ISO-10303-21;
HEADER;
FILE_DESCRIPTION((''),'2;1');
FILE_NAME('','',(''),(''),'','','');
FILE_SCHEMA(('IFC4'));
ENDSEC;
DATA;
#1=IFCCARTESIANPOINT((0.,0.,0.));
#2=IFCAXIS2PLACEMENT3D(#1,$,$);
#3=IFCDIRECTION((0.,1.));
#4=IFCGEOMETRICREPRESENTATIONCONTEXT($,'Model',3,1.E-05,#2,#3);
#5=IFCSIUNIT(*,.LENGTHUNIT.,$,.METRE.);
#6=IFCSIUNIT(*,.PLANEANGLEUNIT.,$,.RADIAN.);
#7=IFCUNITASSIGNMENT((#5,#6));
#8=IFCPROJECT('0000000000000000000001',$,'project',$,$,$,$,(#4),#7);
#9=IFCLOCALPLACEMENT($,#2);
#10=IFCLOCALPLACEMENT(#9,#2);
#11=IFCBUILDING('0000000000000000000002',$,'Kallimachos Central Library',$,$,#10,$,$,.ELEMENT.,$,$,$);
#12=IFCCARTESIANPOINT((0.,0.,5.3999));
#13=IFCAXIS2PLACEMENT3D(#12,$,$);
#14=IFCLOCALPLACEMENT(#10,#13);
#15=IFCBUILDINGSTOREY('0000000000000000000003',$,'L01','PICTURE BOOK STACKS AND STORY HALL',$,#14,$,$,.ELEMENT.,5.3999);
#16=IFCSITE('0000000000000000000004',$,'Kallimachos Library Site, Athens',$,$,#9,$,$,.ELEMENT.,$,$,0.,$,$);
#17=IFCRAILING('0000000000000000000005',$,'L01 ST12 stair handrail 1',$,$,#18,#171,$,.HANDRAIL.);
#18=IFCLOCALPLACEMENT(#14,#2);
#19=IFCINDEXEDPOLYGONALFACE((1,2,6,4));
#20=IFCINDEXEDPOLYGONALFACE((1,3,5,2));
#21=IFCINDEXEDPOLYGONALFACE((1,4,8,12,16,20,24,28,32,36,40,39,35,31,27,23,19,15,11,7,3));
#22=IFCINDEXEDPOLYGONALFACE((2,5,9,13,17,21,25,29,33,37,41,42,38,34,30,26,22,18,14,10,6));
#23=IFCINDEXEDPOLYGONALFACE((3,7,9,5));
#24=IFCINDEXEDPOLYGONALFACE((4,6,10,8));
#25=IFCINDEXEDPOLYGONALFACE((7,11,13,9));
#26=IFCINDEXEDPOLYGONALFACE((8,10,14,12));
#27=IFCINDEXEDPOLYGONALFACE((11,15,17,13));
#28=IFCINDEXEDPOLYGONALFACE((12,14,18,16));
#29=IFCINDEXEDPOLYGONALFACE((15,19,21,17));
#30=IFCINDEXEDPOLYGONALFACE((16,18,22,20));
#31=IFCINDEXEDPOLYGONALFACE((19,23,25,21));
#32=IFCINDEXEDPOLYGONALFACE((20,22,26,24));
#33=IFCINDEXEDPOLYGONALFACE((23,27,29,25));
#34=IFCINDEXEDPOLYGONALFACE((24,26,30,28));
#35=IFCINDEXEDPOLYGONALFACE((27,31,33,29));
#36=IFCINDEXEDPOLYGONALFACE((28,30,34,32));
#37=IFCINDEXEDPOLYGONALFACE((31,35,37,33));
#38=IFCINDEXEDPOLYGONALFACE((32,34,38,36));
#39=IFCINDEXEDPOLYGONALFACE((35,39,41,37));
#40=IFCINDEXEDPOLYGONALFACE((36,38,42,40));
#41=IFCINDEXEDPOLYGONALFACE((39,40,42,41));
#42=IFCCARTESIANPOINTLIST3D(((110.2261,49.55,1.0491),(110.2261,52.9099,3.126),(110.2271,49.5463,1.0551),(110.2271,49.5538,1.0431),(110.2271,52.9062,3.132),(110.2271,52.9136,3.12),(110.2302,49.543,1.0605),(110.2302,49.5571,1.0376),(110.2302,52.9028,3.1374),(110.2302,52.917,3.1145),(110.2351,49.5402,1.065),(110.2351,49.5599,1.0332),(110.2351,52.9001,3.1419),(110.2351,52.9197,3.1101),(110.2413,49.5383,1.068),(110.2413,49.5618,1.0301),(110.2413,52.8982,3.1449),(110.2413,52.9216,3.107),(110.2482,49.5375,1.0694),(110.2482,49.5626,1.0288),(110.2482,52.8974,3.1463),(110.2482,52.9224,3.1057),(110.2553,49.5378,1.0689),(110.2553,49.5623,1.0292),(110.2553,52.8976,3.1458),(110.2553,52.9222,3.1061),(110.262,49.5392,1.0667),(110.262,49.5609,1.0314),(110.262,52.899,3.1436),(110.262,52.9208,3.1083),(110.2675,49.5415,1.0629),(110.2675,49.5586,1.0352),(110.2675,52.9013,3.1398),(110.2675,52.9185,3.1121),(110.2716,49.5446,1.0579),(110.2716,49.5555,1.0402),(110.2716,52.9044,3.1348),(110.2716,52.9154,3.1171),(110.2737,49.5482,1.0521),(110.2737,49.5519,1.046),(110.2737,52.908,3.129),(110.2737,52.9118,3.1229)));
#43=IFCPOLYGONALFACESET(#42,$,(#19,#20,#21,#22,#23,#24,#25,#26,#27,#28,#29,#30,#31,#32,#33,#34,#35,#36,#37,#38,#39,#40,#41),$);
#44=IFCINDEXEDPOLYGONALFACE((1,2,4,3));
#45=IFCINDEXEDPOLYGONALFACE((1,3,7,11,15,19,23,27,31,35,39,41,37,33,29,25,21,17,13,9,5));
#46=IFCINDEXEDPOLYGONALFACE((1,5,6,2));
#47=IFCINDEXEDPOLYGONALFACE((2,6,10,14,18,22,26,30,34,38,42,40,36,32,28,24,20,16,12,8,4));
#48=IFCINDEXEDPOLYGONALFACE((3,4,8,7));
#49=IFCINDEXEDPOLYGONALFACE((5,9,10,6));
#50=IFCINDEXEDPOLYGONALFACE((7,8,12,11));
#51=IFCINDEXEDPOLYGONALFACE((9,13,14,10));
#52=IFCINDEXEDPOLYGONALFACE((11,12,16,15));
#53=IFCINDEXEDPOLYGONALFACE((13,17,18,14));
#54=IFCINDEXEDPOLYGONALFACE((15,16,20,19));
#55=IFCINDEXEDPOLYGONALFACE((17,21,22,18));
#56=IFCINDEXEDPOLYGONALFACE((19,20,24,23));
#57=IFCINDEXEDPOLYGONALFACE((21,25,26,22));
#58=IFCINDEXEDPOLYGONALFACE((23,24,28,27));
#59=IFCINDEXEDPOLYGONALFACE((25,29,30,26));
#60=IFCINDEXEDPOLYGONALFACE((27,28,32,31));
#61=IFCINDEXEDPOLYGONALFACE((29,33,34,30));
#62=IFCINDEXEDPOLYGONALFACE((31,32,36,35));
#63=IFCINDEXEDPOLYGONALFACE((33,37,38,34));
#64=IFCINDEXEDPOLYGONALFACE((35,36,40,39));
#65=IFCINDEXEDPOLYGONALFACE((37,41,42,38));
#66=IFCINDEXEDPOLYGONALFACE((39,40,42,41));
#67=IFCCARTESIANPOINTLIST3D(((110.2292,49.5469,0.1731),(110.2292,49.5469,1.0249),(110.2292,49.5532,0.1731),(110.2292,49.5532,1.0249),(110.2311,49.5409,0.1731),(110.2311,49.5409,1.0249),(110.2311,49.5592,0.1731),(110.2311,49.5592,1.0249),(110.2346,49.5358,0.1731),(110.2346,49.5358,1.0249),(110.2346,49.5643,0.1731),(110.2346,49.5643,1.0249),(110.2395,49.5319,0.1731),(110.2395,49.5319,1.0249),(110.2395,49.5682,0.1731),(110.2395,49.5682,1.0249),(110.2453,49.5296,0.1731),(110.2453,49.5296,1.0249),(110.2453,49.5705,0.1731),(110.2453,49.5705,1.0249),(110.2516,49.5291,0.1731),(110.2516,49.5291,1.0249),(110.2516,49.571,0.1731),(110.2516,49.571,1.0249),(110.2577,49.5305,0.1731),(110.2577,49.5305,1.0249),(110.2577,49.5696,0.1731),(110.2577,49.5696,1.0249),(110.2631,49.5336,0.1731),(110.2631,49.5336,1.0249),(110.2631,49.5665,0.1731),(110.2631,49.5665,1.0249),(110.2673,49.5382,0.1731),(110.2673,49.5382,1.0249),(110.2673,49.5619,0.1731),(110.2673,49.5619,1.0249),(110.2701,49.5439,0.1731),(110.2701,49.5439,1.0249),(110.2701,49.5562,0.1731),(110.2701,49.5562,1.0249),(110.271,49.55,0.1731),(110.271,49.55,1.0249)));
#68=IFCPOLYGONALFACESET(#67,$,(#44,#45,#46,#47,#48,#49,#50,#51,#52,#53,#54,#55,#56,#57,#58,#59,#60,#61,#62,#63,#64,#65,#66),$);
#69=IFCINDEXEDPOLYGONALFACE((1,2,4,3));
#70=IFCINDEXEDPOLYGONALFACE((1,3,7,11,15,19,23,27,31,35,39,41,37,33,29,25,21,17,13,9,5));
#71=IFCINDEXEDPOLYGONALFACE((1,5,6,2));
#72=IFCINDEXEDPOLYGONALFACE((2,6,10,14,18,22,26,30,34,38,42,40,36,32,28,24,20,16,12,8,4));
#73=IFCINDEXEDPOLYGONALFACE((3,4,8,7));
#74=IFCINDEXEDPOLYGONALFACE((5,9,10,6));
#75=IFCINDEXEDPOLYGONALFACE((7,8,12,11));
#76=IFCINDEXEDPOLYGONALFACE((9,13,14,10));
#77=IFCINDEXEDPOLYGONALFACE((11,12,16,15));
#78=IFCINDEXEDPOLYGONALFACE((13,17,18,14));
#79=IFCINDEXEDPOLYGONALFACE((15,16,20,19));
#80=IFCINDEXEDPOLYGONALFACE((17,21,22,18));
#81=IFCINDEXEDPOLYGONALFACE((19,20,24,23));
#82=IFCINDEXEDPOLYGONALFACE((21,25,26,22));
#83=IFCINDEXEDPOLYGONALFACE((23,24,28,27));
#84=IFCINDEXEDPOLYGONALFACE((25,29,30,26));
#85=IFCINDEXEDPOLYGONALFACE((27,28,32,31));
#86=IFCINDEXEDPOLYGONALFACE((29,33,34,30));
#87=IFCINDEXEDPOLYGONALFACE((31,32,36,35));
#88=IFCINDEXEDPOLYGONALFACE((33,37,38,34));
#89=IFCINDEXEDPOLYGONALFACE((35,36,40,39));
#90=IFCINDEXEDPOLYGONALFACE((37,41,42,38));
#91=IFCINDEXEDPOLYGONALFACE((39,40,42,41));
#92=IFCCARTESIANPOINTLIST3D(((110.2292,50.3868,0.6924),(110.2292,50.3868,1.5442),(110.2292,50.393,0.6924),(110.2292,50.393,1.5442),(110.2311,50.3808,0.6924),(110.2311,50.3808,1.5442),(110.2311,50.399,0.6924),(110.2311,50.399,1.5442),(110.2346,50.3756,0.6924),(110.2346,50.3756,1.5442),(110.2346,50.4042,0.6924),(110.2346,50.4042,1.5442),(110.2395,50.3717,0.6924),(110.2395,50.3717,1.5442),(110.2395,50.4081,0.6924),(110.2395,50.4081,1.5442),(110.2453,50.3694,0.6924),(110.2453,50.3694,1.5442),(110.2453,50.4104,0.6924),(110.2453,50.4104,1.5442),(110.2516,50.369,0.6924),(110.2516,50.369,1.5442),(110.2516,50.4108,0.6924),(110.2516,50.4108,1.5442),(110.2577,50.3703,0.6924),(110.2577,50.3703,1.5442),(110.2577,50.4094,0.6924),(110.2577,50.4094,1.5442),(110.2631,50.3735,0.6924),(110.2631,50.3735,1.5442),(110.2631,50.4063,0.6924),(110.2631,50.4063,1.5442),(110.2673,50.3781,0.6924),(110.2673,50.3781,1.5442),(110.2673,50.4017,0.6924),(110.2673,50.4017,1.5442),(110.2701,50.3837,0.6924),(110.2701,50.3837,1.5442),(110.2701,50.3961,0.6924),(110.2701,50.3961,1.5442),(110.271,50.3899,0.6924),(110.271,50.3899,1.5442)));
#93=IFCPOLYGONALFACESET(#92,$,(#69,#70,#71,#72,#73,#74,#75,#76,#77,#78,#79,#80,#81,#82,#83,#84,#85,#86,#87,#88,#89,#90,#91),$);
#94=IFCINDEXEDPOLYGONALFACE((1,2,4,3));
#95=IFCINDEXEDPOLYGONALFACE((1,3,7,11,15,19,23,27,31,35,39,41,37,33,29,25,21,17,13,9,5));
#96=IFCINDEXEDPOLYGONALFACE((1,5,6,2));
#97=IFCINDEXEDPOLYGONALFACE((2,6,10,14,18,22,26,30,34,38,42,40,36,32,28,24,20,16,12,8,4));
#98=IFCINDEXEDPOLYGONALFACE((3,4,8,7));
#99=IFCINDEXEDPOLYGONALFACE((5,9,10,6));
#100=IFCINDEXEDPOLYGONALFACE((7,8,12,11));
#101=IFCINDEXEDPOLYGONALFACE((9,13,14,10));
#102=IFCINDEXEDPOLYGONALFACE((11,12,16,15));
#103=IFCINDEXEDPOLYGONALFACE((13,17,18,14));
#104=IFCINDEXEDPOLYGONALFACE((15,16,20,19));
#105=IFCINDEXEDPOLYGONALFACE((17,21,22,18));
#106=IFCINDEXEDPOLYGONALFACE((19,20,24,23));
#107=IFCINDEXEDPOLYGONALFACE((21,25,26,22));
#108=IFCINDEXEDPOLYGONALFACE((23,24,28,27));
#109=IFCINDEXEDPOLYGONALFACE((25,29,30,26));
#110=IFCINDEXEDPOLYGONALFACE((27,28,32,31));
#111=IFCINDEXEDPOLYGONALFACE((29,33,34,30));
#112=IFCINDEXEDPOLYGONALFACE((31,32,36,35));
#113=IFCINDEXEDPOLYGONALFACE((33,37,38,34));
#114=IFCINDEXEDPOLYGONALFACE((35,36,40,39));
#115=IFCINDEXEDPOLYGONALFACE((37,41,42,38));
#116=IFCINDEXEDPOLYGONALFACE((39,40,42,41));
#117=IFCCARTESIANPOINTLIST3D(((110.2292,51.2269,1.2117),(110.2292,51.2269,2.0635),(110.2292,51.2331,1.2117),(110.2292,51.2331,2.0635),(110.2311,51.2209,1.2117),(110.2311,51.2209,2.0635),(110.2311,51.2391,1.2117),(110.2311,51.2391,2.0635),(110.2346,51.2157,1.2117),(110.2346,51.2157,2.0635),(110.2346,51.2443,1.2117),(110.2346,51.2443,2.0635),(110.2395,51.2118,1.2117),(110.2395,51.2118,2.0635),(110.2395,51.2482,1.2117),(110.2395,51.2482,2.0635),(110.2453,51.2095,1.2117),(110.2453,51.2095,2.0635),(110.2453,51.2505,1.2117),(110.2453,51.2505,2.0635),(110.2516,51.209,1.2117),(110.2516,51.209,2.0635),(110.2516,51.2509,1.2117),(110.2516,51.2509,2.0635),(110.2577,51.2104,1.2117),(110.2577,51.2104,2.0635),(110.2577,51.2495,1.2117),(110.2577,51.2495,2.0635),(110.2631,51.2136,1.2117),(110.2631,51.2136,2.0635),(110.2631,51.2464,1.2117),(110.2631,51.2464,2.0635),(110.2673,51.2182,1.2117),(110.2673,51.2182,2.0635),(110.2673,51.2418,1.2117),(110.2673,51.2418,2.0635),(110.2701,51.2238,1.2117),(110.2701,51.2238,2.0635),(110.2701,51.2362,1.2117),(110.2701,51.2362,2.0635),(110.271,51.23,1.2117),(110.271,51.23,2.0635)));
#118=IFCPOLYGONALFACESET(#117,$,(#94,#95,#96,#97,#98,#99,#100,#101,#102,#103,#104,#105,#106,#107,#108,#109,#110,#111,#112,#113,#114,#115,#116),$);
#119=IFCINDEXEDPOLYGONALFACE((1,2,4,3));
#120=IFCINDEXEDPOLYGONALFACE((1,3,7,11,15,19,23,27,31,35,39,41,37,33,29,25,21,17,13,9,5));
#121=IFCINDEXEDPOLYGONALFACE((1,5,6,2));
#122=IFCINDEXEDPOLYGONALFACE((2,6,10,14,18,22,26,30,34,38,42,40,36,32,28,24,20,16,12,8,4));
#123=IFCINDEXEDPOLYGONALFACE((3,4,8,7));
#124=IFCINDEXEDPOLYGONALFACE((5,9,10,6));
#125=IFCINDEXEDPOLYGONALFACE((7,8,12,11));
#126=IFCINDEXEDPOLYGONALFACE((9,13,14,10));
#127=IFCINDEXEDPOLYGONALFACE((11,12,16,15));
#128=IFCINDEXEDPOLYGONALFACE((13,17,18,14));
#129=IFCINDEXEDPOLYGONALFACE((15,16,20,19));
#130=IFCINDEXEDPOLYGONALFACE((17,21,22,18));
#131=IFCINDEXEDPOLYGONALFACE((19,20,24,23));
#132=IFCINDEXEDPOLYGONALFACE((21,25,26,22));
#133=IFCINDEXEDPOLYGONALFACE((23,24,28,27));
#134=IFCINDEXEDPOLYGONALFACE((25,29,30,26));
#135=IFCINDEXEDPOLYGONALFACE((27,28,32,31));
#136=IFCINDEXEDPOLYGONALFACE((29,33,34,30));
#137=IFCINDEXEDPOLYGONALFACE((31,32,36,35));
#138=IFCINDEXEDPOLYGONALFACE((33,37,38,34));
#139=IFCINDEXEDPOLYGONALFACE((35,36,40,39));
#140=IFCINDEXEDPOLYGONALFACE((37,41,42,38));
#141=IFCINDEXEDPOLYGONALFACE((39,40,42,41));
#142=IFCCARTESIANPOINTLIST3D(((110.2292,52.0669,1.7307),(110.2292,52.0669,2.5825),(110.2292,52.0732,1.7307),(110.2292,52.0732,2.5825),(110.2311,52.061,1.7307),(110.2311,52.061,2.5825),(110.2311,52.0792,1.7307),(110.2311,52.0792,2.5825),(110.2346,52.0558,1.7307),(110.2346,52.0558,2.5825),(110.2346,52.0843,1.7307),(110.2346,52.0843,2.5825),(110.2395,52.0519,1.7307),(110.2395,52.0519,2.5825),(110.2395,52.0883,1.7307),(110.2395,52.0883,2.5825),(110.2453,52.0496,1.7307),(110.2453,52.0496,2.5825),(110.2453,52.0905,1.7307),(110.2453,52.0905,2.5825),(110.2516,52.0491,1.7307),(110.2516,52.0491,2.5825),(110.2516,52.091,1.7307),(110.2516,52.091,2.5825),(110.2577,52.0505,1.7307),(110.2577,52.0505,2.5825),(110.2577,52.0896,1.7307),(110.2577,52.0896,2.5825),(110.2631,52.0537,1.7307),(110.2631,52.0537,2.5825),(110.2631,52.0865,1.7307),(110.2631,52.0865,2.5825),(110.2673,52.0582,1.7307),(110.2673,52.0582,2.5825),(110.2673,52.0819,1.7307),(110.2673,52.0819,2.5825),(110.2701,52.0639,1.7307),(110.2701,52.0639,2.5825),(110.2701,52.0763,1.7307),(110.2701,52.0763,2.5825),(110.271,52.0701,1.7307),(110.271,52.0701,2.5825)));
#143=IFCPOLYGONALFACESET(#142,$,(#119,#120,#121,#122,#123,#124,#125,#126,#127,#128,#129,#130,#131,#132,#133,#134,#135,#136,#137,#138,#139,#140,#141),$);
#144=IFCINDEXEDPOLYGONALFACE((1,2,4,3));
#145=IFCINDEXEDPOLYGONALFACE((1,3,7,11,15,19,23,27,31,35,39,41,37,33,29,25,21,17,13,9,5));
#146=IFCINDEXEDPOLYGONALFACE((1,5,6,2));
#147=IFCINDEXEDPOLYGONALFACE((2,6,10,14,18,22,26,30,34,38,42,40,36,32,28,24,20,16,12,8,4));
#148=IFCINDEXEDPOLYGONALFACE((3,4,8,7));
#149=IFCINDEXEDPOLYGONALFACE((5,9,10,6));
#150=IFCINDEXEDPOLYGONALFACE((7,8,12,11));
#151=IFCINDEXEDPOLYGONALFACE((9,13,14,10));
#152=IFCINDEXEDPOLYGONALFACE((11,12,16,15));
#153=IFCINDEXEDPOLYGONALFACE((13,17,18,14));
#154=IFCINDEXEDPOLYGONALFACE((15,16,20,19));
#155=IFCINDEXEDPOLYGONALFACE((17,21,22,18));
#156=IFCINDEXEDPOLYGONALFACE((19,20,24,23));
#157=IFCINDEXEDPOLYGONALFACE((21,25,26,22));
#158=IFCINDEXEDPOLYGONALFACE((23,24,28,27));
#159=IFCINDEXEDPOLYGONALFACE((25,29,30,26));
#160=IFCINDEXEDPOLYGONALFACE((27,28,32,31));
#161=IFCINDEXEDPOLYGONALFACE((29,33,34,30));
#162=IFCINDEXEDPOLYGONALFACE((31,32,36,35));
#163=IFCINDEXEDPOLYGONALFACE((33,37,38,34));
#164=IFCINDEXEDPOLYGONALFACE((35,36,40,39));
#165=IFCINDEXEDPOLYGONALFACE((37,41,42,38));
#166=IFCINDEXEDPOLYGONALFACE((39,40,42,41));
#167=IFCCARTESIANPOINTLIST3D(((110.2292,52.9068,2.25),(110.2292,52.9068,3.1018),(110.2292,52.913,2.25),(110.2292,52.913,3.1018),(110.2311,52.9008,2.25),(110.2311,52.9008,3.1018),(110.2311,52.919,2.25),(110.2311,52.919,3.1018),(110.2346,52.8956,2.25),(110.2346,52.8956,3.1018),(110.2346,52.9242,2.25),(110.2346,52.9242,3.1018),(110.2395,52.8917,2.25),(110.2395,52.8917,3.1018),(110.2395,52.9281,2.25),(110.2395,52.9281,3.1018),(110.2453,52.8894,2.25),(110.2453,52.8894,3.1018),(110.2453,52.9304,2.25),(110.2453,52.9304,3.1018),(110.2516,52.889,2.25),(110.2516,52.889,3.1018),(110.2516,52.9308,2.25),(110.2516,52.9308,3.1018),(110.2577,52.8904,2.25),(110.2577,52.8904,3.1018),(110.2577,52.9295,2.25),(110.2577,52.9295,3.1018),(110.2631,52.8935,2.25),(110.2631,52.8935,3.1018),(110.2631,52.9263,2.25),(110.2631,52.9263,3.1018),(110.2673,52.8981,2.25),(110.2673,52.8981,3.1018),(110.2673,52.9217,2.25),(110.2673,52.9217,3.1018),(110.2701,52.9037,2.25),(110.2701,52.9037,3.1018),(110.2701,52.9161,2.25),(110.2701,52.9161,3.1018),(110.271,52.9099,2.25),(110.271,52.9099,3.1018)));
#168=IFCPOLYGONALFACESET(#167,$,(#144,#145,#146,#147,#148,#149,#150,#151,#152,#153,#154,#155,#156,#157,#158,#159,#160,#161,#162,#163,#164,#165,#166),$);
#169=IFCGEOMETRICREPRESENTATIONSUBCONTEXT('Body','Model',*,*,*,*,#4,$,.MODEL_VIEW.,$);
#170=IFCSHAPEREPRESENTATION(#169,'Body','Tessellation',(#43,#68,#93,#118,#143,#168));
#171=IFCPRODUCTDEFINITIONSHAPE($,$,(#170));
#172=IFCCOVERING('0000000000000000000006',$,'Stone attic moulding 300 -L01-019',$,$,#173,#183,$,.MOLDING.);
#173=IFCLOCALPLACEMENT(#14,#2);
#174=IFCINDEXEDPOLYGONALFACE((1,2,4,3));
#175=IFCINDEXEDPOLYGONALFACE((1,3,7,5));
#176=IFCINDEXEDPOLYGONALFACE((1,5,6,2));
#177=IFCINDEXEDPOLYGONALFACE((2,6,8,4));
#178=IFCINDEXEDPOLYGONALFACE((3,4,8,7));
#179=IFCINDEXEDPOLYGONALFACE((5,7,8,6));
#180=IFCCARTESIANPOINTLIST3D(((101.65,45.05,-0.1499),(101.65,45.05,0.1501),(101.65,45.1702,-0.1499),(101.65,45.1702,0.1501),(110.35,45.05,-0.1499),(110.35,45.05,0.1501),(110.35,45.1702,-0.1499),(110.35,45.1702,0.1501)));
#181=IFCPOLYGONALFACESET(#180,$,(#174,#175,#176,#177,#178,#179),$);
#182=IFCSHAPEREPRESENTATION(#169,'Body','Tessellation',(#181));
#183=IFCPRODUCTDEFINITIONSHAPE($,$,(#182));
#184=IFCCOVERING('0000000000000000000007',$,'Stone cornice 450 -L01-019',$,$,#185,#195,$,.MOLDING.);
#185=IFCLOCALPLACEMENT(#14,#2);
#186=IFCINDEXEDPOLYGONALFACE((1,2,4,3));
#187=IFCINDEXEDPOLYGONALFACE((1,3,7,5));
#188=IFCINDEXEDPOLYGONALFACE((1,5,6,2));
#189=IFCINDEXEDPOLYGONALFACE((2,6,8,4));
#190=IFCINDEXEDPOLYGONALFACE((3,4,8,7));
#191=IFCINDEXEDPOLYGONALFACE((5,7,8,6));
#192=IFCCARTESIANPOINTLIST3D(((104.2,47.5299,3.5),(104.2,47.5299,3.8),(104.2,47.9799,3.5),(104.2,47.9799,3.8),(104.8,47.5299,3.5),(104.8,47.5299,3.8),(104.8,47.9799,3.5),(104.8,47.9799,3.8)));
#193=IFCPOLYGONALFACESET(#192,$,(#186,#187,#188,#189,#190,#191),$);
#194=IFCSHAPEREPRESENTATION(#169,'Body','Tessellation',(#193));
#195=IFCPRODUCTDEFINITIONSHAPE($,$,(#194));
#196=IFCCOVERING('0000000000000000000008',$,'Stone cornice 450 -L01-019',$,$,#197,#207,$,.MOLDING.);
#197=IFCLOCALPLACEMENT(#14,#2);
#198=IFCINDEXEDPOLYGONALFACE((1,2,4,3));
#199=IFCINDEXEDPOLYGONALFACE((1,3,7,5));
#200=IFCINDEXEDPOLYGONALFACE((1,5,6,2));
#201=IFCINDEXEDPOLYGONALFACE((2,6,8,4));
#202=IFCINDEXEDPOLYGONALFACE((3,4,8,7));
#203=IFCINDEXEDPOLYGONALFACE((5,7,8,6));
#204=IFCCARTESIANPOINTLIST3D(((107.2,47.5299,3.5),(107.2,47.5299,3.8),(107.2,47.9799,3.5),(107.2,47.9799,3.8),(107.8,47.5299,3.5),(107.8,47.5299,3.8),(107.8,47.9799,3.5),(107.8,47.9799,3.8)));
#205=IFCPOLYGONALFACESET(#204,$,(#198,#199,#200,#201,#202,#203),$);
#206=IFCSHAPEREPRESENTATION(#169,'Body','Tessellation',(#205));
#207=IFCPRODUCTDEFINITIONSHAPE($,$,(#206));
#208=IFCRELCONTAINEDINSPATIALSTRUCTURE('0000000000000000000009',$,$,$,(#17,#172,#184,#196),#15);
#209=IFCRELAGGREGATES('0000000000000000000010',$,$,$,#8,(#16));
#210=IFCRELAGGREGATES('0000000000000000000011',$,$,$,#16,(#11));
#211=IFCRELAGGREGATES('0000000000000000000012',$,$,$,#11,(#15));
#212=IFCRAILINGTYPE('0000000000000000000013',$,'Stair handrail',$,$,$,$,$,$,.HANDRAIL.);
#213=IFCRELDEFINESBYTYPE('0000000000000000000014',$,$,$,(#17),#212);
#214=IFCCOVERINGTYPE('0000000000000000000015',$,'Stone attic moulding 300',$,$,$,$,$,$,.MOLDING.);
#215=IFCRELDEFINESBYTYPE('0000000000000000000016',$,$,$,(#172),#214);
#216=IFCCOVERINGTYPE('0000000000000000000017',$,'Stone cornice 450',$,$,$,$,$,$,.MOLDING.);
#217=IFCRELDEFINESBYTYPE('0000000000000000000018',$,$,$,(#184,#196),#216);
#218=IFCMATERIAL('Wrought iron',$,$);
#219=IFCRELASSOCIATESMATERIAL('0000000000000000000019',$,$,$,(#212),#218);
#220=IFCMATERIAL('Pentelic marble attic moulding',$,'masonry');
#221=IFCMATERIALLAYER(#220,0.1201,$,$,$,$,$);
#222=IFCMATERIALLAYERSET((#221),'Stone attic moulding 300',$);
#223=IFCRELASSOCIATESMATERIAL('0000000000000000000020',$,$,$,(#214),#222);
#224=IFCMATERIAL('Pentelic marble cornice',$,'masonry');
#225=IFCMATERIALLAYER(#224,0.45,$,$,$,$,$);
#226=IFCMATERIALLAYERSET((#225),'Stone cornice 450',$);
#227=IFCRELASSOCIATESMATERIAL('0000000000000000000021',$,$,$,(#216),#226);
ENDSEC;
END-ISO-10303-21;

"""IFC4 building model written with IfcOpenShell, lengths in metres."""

from ifc_helpers import new_model, si_unit, direction, frame, origin, origin_2d, place, context, subcontext, project, spatial, rectangle, circle, extrude, material, layer, layer_set, type_object, element, save


model = new_model("IFC4")

# Units and contexts
model_context = context("Model", 3, precision=1e-05, world=origin(), true_north=direction((0.0, 1.0)))
body_context = subcontext(model_context, "Body", "Model", "MODEL_VIEW")
ifc_project = project(units=[si_unit("LENGTHUNIT", "METRE"), si_unit("PLANEANGLEUNIT", "RADIAN")], contexts=[model_context])

# Site, building, storey
site_placement = place(None, origin())
site = spatial("IfcSite", under=ifc_project, at=site_placement, Name="Kallimachos Library Site, Athens", CompositionType="ELEMENT", RefElevation=0.0)
building_placement = place(site_placement, origin())
building = spatial("IfcBuilding", under=site, at=building_placement, Name="Kallimachos Central Library", CompositionType="ELEMENT")
storey_placement = place(building_placement, frame((0.0, 0.0, 5.3999)))
storey = spatial("IfcBuildingStorey", under=building, at=storey_placement, Name="L01", Description="PICTURE BOOK STACKS AND STORY HALL", CompositionType="ELEMENT", Elevation=5.3999)

# Railing
ifc_material_1 = material(Name="Wrought iron")
railing_type_1 = type_object("IfcRailingType", Name="Stair handrail", PredefinedType="HANDRAIL", material=ifc_material_1)
railing_1_placement = place(storey_placement, frame((110.25, 49.55, 0.1731)))
element("IfcRailing", 1, at=railing_1_placement, inside=storey, type_object=railing_type_1, Name="L01 ST12 stair handrail 1", PredefinedType="HANDRAIL", context=body_context, shape_type="SweptSolid", body=[
    extrude(circle(Radius=0.0239, at=origin_2d()), frame((0.0, 0.0, 0.876), z_axis=(0.0, 0.850606, 0.525803), x_axis=(-1.0, 0.0, 0.0)), (0.0, 0.0, 1.0), 3.95),
    extrude(circle(Radius=0.021, at=origin_2d()), origin(), (0.0, 0.0, 1.0), 0.8518),
    extrude(circle(Radius=0.021, at=origin_2d()), frame((0.0, 0.8398, 0.5193)), (0.0, 0.0, 1.0), 0.8518),
    extrude(circle(Radius=0.021, at=origin_2d()), frame((0.0, 1.6799, 1.0386)), (0.0, 0.0, 1.0), 0.8518),
    extrude(circle(Radius=0.021, at=origin_2d()), frame((0.0, 2.52, 1.5576)), (0.0, 0.0, 1.0), 0.8518),
    extrude(circle(Radius=0.021, at=origin_2d()), frame((0.0, 3.3599, 2.0769)), (0.0, 0.0, 1.0), 0.8518),
])

# Coverings
ifc_material_2 = material(Name="Pentelic marble attic moulding", Category="masonry")
ifc_layer_1 = layer(ifc_material_2, 0.1201)
ifc_layer_set_1 = layer_set([ifc_layer_1], Name="Stone attic moulding 300")
covering_type_1 = type_object("IfcCoveringType", Name="Stone attic moulding 300", PredefinedType="MOLDING", material=ifc_layer_set_1)
covering_1_placement = place(storey_placement, frame((106.0, 45.1101, -0.1499), z_axis=(0.0, 0.0, 1.0), x_axis=(1.0, 0.0, 0.0)))
element("IfcCovering", 2, at=covering_1_placement, inside=storey, type_object=covering_type_1, Name="Stone attic moulding 300 -L01-019", PredefinedType="MOLDING", context=body_context, shape_type="SweptSolid", body=[
    extrude(rectangle(XDim=8.7, YDim=0.1201, at=origin_2d()), origin(), (0.0, 0.0, 1.0), 0.3),
])
ifc_material_3 = material(Name="Pentelic marble cornice", Category="masonry")
ifc_layer_2 = layer(ifc_material_3, 0.45)
ifc_layer_set_2 = layer_set([ifc_layer_2], Name="Stone cornice 450")
covering_type_2 = type_object("IfcCoveringType", Name="Stone cornice 450", PredefinedType="MOLDING", material=ifc_layer_set_2)
for number, where, z_axis, x_axis, name in (
    (3, (104.5, 47.7549, 3.5), (0.0, 0.0, 1.0), (1.0, 0.0, 0.0), "Stone cornice 450 -L01-019"),
    (4, (107.5, 47.7549, 3.5), (0.0, 0.0, 1.0), (1.0, 0.0, 0.0), "Stone cornice 450 -L01-019"),
):
    element("IfcCovering", number, at=place(storey_placement, frame(where, z_axis=z_axis, x_axis=x_axis)), inside=storey, type_object=covering_type_2, Name=name, PredefinedType="MOLDING", context=body_context, shape_type="SweptSolid", body=[
        extrude(rectangle(XDim=0.6001, YDim=0.45, at=origin_2d()), origin(), (0.0, 0.0, 1.0), 0.3),
    ])

save(model, "model.ifc")
